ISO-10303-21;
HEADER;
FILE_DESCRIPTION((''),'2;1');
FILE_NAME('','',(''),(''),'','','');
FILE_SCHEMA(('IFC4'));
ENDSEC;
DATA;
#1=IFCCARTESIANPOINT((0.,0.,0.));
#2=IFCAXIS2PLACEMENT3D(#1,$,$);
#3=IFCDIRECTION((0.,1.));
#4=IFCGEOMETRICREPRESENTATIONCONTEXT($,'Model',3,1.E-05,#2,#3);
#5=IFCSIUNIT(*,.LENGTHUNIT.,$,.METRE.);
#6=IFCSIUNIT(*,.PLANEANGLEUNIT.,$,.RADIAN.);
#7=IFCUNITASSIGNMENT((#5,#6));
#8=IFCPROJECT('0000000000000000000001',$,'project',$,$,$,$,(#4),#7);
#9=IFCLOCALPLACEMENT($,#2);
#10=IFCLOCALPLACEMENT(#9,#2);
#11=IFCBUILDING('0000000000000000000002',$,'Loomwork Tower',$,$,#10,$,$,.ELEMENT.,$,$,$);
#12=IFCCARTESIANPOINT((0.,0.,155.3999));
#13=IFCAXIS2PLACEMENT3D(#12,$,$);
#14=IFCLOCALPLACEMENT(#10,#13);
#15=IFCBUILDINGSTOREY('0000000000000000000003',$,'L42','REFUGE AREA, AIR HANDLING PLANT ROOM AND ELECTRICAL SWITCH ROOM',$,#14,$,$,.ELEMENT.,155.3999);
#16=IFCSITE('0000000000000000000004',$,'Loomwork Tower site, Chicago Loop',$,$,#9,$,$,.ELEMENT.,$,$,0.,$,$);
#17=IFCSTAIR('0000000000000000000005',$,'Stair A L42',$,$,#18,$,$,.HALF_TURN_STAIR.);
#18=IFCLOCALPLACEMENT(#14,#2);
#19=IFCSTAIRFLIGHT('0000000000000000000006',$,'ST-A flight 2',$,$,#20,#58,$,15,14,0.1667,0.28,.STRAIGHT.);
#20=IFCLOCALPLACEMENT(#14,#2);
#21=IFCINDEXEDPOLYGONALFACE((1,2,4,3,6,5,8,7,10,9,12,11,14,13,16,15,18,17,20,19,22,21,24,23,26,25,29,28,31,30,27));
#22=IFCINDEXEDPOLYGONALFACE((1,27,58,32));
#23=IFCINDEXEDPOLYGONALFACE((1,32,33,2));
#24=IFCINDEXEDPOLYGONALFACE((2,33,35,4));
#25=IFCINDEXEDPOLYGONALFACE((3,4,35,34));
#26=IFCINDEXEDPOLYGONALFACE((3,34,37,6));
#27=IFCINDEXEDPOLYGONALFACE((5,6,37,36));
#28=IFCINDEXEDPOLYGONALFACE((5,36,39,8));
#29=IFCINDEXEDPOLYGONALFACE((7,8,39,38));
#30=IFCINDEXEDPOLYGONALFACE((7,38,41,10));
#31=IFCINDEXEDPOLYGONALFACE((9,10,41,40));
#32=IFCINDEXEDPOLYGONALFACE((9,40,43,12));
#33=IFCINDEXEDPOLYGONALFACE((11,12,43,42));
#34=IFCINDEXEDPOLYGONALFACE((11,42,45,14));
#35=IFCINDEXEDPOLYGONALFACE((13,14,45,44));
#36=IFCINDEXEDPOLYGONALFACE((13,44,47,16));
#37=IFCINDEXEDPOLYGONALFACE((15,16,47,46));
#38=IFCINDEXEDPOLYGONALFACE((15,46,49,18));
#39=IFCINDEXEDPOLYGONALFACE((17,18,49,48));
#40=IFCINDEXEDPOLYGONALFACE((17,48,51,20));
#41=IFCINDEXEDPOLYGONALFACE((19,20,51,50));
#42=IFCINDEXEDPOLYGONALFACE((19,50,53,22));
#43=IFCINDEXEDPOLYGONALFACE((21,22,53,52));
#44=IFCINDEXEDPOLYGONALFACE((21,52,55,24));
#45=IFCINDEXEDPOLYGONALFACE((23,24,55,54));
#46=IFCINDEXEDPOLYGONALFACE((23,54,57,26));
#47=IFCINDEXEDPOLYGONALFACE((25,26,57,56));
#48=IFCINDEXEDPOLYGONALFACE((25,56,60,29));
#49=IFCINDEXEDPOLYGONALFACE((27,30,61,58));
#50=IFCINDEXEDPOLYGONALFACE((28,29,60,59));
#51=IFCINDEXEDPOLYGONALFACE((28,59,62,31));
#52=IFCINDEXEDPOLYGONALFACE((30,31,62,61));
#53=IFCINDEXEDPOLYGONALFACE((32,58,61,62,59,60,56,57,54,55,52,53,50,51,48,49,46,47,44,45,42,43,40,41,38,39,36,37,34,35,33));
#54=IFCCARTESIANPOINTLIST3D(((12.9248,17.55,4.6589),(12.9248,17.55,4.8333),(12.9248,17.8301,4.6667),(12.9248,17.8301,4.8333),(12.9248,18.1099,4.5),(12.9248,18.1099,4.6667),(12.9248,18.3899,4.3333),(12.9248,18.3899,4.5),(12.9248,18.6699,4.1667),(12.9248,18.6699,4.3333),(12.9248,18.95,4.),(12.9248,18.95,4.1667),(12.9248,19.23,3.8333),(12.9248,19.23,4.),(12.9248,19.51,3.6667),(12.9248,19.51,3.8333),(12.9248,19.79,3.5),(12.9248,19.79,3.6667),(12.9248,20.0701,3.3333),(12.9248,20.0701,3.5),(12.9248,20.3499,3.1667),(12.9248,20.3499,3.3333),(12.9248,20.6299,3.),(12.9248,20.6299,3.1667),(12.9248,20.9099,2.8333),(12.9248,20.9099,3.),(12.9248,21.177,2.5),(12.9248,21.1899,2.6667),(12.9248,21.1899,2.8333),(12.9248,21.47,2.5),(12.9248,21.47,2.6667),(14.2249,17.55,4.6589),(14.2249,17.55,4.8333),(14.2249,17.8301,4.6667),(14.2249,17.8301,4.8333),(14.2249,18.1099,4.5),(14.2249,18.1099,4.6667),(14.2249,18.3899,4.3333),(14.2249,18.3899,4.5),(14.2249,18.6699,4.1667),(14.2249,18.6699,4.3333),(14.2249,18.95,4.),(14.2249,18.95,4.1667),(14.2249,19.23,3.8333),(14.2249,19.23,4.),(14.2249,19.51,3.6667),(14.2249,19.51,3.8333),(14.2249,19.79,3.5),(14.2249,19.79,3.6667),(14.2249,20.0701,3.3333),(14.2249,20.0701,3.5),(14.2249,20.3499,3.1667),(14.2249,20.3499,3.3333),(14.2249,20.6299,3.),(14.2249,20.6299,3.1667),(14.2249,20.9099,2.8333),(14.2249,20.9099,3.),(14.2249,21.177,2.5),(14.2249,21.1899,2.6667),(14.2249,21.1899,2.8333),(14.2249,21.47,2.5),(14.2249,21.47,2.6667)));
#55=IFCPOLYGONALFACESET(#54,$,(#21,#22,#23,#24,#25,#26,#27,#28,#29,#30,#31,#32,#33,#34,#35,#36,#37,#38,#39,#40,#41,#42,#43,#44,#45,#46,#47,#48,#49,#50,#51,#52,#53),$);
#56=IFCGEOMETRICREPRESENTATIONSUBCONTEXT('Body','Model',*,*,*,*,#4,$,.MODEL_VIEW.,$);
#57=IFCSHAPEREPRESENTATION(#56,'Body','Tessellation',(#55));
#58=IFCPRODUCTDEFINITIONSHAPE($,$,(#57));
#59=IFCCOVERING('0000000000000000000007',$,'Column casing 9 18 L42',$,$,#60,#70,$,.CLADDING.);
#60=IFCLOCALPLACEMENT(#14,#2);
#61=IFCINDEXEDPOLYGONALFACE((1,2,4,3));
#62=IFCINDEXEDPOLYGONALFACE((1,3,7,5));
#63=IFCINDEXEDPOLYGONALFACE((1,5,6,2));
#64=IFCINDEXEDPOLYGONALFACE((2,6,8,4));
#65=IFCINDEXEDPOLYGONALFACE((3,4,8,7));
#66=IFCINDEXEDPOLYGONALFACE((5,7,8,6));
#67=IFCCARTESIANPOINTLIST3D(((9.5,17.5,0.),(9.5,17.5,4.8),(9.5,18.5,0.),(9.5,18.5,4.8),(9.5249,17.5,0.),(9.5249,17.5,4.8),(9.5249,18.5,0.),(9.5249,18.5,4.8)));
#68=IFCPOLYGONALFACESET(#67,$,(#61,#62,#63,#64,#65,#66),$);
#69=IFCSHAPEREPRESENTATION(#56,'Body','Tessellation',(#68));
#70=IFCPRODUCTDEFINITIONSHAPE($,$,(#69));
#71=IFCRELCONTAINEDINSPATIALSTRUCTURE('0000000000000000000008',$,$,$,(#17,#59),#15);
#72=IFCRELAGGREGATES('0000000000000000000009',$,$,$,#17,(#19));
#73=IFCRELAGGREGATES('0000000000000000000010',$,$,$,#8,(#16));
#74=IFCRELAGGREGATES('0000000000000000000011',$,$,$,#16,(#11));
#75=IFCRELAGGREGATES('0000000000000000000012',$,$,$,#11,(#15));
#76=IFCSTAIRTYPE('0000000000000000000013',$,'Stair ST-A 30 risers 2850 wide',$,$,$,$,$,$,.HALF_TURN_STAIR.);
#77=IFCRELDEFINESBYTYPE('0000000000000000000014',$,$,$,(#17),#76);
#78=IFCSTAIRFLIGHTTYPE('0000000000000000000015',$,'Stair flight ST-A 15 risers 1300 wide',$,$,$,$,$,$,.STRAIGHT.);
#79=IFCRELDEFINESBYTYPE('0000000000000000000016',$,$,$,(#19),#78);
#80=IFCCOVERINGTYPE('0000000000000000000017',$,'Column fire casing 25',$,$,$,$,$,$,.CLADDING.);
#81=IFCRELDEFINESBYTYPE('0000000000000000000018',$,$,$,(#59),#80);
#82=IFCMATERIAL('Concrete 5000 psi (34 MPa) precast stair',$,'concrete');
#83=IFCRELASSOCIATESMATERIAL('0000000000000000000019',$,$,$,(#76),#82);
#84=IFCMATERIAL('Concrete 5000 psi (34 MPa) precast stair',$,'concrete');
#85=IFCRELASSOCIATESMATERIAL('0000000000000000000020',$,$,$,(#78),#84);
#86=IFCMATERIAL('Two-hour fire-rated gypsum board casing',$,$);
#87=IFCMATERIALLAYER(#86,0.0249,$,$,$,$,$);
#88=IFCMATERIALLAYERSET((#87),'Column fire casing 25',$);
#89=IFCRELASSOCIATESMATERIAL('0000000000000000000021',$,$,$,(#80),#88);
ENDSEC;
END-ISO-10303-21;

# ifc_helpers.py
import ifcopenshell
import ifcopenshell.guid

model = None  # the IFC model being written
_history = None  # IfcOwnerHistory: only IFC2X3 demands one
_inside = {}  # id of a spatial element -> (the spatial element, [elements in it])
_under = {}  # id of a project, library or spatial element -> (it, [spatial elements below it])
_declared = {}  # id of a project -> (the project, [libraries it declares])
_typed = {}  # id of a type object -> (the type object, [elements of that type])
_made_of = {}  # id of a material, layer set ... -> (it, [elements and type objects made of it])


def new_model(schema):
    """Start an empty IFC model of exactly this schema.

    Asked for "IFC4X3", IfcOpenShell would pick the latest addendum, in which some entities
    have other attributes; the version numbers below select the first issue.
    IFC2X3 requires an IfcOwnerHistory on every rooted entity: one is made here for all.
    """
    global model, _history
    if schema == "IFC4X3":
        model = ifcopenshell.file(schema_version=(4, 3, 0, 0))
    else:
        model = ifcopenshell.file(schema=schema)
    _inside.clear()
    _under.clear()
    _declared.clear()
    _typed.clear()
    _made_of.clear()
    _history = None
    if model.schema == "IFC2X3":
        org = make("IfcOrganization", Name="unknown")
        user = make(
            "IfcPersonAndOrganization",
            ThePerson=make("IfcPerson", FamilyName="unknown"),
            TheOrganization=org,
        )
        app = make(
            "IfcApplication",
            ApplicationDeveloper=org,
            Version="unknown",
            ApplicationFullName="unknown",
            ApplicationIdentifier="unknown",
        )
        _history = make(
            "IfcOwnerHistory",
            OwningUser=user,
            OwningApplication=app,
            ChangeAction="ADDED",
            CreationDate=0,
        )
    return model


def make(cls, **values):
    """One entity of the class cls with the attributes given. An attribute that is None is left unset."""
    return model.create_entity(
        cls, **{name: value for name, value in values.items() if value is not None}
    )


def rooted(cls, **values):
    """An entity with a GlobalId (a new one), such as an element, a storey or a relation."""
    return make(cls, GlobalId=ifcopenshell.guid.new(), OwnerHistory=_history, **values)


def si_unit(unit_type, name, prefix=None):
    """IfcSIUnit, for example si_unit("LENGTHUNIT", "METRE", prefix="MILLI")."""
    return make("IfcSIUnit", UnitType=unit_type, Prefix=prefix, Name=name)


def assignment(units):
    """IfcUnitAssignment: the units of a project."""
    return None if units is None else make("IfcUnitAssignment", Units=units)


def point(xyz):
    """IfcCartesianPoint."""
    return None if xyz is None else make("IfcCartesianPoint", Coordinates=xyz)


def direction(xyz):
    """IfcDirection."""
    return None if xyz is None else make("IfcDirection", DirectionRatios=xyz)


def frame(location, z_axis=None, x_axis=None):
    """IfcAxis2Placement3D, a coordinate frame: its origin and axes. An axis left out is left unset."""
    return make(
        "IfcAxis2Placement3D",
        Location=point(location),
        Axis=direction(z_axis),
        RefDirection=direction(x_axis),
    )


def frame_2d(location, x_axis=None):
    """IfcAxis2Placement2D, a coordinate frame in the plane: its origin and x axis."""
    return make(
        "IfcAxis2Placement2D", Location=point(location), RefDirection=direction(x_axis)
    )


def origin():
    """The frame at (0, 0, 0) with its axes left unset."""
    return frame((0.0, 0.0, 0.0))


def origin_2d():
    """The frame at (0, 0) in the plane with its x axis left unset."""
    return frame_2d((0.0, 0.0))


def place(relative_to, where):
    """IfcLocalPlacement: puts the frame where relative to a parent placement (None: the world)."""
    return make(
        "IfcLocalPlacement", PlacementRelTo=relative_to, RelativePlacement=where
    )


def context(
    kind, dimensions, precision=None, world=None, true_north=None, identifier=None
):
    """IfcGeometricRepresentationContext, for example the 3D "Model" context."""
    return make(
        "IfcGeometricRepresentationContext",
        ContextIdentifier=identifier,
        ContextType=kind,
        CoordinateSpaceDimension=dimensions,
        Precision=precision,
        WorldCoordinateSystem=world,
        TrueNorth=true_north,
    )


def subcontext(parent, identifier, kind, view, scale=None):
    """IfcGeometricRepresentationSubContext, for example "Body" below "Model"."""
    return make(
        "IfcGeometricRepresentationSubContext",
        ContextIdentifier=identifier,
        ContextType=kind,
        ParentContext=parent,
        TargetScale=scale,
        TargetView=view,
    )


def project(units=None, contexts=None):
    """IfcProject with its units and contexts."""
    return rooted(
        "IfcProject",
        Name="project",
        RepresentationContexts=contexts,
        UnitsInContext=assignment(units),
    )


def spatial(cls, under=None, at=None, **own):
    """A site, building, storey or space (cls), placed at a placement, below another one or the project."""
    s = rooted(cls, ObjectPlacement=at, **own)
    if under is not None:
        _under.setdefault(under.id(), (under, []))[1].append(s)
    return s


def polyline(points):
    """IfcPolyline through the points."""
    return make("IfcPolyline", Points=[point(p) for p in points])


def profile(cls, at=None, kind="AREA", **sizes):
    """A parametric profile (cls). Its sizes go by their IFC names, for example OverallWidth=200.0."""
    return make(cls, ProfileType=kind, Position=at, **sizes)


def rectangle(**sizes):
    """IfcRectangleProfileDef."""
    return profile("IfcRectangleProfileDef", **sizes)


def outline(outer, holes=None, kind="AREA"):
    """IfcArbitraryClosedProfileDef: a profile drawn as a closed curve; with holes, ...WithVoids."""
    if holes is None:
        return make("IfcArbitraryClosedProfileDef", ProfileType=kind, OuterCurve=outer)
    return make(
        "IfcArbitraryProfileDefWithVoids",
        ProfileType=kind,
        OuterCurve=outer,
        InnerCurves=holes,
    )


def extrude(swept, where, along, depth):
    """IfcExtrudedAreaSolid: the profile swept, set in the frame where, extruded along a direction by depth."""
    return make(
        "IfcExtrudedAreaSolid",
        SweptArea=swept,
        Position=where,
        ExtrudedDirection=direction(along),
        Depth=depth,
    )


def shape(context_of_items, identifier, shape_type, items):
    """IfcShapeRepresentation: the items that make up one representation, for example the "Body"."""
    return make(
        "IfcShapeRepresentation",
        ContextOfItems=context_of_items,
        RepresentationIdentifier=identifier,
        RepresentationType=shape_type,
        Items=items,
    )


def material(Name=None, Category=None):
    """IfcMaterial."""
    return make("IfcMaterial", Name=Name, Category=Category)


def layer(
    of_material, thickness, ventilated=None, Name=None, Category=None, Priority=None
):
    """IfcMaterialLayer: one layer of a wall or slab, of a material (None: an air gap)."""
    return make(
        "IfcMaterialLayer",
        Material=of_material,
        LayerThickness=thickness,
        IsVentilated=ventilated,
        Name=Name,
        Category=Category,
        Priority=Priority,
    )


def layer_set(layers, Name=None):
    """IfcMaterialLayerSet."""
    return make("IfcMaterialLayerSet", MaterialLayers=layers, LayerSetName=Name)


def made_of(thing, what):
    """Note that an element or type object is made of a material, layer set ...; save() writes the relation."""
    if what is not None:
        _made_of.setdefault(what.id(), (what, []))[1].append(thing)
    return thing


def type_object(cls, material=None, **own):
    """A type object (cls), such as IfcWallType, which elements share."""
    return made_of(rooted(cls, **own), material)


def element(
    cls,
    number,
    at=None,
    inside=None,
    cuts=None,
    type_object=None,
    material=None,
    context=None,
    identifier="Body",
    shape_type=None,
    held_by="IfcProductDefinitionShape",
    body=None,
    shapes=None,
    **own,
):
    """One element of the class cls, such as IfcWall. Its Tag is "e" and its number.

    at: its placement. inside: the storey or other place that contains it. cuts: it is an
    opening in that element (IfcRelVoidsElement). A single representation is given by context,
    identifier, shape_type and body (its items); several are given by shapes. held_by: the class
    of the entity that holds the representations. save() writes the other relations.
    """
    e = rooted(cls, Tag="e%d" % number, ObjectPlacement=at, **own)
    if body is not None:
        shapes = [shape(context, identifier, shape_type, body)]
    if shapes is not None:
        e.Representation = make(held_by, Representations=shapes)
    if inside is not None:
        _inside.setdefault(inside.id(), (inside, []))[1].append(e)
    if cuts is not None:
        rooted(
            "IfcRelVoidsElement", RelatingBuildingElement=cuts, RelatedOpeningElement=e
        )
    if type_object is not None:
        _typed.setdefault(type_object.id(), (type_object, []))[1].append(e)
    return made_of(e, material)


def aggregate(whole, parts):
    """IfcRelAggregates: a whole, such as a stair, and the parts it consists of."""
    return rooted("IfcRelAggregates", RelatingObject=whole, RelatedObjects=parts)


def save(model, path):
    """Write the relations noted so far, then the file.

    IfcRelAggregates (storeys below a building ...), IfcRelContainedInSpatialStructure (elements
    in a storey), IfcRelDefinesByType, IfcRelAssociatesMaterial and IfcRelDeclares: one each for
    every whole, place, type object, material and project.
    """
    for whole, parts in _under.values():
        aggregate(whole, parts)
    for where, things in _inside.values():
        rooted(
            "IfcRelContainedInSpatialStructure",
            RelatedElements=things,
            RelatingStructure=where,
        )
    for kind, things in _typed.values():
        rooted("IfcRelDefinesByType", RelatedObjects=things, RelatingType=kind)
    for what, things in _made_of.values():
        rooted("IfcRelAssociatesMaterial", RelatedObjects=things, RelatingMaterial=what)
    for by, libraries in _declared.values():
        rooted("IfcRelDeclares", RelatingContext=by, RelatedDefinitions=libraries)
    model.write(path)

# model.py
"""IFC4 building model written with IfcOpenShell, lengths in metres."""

from ifc_helpers import new_model, si_unit, direction, frame, origin, origin_2d, place, context, subcontext, project, spatial, polyline, rectangle, outline, extrude, material, layer, layer_set, type_object, element, aggregate, save


model = new_model("IFC4")

# Units and contexts
model_context = context("Model", 3, precision=1e-05, world=origin(), true_north=direction((0.0, 1.0)))
body_context = subcontext(model_context, "Body", "Model", "MODEL_VIEW")
ifc_project = project(units=[si_unit("LENGTHUNIT", "METRE"), si_unit("PLANEANGLEUNIT", "RADIAN")], contexts=[model_context])

# Site, building, storey
site_placement = place(None, origin())
site = spatial("IfcSite", under=ifc_project, at=site_placement, Name="Loomwork Tower site, Chicago Loop", CompositionType="ELEMENT", RefElevation=0.0)
building_placement = place(site_placement, origin())
building = spatial("IfcBuilding", under=site, at=building_placement, Name="Loomwork Tower", CompositionType="ELEMENT")
storey_placement = place(building_placement, frame((0.0, 0.0, 155.3999)))
storey = spatial("IfcBuildingStorey", under=building, at=storey_placement, Name="L42", Description="REFUGE AREA, AIR HANDLING PLANT ROOM AND ELECTRICAL SWITCH ROOM", CompositionType="ELEMENT", Elevation=155.3999)

# Stair, stair flight
ifc_material_1 = material(Name="Concrete 5000 psi (34 MPa) precast stair", Category="concrete")
stair_type = type_object("IfcStairType", Name="Stair ST-A 30 risers 2850 wide", PredefinedType="HALF_TURN_STAIR", material=ifc_material_1)
stair_placement = place(storey_placement, origin())
stair = element("IfcStair", 1, at=stair_placement, inside=storey, type_object=stair_type, Name="Stair A L42", PredefinedType="HALF_TURN_STAIR")
ifc_material_2 = material(Name="Concrete 5000 psi (34 MPa) precast stair", Category="concrete")
stair_flight_type = type_object("IfcStairFlightType", Name="Stair flight ST-A 15 risers 1300 wide", PredefinedType="STRAIGHT", material=ifc_material_2)
stair_flight_placement = place(storey_placement, frame((13.575, 21.47, 2.5), z_axis=(0.0, 0.0, 1.0), x_axis=(0.0, -1.0, 0.0)))
stair_flight = element("IfcStairFlight", 2, at=stair_flight_placement, type_object=stair_flight_type, Name="ST-A flight 2", NumberOfRisers=15, NumberOfTreads=14, PredefinedType="STRAIGHT", RiserHeight=0.1667, TreadLength=0.28, context=body_context, shape_type="SweptSolid", body=[
    extrude(outline(polyline([(0.0, 0.0), (0.0, 0.1667), (0.28, 0.1667), (0.28, 0.3333), (0.5601, 0.3333), (0.5601, 0.5), (0.8401, 0.5), (0.8401, 0.6667), (1.1201, 0.6667), (1.1201, 0.8333), (1.3999, 0.8333), (1.3999, 1.0), (1.6799, 1.0), (1.6799, 1.1667), (1.96, 1.1667), (1.96, 1.3333), (2.24, 1.3333), (2.24, 1.5), (2.52, 1.5), (2.52, 1.6667), (2.8, 1.6667), (2.8, 1.8333), (3.0801, 1.8333), (3.0801, 2.0), (3.3601, 2.0), (3.3601, 2.1667), (3.6399, 2.1667), (3.6399, 2.3333), (3.9199, 2.3333), (3.9199, 2.5), (3.9199, 2.1589), (0.293, 0.0), (0.0, 0.0)])), frame((0.0, 0.6499, 0.0), z_axis=(0.0, -1.0, 0.0), x_axis=(1.0, 0.0, 0.0)), (0.0, 0.0, 1.0), 1.3),
])
aggregate(stair, [stair_flight])

# Covering
ifc_material_3 = material(Name="Two-hour fire-rated gypsum board casing")
ifc_layer_1 = layer(ifc_material_3, 0.0249)
ifc_layer_set_1 = layer_set([ifc_layer_1], Name="Column fire casing 25")
covering_type = type_object("IfcCoveringType", Name="Column fire casing 25", PredefinedType="CLADDING", material=ifc_layer_set_1)
covering_placement = place(storey_placement, frame((9.5125, 18.0, 0.0), z_axis=(0.0, 0.0, 1.0), x_axis=(1.0, 0.0, 0.0)))
element("IfcCovering", 3, at=covering_placement, inside=storey, type_object=covering_type, Name="Column casing 9 18 L42", PredefinedType="CLADDING", context=body_context, shape_type="SweptSolid", body=[
    extrude(rectangle(XDim=0.0249, YDim=1.0, at=origin_2d()), origin(), (0.0, 0.0, 1.0), 4.8),
])

save(model, "model.ifc")
